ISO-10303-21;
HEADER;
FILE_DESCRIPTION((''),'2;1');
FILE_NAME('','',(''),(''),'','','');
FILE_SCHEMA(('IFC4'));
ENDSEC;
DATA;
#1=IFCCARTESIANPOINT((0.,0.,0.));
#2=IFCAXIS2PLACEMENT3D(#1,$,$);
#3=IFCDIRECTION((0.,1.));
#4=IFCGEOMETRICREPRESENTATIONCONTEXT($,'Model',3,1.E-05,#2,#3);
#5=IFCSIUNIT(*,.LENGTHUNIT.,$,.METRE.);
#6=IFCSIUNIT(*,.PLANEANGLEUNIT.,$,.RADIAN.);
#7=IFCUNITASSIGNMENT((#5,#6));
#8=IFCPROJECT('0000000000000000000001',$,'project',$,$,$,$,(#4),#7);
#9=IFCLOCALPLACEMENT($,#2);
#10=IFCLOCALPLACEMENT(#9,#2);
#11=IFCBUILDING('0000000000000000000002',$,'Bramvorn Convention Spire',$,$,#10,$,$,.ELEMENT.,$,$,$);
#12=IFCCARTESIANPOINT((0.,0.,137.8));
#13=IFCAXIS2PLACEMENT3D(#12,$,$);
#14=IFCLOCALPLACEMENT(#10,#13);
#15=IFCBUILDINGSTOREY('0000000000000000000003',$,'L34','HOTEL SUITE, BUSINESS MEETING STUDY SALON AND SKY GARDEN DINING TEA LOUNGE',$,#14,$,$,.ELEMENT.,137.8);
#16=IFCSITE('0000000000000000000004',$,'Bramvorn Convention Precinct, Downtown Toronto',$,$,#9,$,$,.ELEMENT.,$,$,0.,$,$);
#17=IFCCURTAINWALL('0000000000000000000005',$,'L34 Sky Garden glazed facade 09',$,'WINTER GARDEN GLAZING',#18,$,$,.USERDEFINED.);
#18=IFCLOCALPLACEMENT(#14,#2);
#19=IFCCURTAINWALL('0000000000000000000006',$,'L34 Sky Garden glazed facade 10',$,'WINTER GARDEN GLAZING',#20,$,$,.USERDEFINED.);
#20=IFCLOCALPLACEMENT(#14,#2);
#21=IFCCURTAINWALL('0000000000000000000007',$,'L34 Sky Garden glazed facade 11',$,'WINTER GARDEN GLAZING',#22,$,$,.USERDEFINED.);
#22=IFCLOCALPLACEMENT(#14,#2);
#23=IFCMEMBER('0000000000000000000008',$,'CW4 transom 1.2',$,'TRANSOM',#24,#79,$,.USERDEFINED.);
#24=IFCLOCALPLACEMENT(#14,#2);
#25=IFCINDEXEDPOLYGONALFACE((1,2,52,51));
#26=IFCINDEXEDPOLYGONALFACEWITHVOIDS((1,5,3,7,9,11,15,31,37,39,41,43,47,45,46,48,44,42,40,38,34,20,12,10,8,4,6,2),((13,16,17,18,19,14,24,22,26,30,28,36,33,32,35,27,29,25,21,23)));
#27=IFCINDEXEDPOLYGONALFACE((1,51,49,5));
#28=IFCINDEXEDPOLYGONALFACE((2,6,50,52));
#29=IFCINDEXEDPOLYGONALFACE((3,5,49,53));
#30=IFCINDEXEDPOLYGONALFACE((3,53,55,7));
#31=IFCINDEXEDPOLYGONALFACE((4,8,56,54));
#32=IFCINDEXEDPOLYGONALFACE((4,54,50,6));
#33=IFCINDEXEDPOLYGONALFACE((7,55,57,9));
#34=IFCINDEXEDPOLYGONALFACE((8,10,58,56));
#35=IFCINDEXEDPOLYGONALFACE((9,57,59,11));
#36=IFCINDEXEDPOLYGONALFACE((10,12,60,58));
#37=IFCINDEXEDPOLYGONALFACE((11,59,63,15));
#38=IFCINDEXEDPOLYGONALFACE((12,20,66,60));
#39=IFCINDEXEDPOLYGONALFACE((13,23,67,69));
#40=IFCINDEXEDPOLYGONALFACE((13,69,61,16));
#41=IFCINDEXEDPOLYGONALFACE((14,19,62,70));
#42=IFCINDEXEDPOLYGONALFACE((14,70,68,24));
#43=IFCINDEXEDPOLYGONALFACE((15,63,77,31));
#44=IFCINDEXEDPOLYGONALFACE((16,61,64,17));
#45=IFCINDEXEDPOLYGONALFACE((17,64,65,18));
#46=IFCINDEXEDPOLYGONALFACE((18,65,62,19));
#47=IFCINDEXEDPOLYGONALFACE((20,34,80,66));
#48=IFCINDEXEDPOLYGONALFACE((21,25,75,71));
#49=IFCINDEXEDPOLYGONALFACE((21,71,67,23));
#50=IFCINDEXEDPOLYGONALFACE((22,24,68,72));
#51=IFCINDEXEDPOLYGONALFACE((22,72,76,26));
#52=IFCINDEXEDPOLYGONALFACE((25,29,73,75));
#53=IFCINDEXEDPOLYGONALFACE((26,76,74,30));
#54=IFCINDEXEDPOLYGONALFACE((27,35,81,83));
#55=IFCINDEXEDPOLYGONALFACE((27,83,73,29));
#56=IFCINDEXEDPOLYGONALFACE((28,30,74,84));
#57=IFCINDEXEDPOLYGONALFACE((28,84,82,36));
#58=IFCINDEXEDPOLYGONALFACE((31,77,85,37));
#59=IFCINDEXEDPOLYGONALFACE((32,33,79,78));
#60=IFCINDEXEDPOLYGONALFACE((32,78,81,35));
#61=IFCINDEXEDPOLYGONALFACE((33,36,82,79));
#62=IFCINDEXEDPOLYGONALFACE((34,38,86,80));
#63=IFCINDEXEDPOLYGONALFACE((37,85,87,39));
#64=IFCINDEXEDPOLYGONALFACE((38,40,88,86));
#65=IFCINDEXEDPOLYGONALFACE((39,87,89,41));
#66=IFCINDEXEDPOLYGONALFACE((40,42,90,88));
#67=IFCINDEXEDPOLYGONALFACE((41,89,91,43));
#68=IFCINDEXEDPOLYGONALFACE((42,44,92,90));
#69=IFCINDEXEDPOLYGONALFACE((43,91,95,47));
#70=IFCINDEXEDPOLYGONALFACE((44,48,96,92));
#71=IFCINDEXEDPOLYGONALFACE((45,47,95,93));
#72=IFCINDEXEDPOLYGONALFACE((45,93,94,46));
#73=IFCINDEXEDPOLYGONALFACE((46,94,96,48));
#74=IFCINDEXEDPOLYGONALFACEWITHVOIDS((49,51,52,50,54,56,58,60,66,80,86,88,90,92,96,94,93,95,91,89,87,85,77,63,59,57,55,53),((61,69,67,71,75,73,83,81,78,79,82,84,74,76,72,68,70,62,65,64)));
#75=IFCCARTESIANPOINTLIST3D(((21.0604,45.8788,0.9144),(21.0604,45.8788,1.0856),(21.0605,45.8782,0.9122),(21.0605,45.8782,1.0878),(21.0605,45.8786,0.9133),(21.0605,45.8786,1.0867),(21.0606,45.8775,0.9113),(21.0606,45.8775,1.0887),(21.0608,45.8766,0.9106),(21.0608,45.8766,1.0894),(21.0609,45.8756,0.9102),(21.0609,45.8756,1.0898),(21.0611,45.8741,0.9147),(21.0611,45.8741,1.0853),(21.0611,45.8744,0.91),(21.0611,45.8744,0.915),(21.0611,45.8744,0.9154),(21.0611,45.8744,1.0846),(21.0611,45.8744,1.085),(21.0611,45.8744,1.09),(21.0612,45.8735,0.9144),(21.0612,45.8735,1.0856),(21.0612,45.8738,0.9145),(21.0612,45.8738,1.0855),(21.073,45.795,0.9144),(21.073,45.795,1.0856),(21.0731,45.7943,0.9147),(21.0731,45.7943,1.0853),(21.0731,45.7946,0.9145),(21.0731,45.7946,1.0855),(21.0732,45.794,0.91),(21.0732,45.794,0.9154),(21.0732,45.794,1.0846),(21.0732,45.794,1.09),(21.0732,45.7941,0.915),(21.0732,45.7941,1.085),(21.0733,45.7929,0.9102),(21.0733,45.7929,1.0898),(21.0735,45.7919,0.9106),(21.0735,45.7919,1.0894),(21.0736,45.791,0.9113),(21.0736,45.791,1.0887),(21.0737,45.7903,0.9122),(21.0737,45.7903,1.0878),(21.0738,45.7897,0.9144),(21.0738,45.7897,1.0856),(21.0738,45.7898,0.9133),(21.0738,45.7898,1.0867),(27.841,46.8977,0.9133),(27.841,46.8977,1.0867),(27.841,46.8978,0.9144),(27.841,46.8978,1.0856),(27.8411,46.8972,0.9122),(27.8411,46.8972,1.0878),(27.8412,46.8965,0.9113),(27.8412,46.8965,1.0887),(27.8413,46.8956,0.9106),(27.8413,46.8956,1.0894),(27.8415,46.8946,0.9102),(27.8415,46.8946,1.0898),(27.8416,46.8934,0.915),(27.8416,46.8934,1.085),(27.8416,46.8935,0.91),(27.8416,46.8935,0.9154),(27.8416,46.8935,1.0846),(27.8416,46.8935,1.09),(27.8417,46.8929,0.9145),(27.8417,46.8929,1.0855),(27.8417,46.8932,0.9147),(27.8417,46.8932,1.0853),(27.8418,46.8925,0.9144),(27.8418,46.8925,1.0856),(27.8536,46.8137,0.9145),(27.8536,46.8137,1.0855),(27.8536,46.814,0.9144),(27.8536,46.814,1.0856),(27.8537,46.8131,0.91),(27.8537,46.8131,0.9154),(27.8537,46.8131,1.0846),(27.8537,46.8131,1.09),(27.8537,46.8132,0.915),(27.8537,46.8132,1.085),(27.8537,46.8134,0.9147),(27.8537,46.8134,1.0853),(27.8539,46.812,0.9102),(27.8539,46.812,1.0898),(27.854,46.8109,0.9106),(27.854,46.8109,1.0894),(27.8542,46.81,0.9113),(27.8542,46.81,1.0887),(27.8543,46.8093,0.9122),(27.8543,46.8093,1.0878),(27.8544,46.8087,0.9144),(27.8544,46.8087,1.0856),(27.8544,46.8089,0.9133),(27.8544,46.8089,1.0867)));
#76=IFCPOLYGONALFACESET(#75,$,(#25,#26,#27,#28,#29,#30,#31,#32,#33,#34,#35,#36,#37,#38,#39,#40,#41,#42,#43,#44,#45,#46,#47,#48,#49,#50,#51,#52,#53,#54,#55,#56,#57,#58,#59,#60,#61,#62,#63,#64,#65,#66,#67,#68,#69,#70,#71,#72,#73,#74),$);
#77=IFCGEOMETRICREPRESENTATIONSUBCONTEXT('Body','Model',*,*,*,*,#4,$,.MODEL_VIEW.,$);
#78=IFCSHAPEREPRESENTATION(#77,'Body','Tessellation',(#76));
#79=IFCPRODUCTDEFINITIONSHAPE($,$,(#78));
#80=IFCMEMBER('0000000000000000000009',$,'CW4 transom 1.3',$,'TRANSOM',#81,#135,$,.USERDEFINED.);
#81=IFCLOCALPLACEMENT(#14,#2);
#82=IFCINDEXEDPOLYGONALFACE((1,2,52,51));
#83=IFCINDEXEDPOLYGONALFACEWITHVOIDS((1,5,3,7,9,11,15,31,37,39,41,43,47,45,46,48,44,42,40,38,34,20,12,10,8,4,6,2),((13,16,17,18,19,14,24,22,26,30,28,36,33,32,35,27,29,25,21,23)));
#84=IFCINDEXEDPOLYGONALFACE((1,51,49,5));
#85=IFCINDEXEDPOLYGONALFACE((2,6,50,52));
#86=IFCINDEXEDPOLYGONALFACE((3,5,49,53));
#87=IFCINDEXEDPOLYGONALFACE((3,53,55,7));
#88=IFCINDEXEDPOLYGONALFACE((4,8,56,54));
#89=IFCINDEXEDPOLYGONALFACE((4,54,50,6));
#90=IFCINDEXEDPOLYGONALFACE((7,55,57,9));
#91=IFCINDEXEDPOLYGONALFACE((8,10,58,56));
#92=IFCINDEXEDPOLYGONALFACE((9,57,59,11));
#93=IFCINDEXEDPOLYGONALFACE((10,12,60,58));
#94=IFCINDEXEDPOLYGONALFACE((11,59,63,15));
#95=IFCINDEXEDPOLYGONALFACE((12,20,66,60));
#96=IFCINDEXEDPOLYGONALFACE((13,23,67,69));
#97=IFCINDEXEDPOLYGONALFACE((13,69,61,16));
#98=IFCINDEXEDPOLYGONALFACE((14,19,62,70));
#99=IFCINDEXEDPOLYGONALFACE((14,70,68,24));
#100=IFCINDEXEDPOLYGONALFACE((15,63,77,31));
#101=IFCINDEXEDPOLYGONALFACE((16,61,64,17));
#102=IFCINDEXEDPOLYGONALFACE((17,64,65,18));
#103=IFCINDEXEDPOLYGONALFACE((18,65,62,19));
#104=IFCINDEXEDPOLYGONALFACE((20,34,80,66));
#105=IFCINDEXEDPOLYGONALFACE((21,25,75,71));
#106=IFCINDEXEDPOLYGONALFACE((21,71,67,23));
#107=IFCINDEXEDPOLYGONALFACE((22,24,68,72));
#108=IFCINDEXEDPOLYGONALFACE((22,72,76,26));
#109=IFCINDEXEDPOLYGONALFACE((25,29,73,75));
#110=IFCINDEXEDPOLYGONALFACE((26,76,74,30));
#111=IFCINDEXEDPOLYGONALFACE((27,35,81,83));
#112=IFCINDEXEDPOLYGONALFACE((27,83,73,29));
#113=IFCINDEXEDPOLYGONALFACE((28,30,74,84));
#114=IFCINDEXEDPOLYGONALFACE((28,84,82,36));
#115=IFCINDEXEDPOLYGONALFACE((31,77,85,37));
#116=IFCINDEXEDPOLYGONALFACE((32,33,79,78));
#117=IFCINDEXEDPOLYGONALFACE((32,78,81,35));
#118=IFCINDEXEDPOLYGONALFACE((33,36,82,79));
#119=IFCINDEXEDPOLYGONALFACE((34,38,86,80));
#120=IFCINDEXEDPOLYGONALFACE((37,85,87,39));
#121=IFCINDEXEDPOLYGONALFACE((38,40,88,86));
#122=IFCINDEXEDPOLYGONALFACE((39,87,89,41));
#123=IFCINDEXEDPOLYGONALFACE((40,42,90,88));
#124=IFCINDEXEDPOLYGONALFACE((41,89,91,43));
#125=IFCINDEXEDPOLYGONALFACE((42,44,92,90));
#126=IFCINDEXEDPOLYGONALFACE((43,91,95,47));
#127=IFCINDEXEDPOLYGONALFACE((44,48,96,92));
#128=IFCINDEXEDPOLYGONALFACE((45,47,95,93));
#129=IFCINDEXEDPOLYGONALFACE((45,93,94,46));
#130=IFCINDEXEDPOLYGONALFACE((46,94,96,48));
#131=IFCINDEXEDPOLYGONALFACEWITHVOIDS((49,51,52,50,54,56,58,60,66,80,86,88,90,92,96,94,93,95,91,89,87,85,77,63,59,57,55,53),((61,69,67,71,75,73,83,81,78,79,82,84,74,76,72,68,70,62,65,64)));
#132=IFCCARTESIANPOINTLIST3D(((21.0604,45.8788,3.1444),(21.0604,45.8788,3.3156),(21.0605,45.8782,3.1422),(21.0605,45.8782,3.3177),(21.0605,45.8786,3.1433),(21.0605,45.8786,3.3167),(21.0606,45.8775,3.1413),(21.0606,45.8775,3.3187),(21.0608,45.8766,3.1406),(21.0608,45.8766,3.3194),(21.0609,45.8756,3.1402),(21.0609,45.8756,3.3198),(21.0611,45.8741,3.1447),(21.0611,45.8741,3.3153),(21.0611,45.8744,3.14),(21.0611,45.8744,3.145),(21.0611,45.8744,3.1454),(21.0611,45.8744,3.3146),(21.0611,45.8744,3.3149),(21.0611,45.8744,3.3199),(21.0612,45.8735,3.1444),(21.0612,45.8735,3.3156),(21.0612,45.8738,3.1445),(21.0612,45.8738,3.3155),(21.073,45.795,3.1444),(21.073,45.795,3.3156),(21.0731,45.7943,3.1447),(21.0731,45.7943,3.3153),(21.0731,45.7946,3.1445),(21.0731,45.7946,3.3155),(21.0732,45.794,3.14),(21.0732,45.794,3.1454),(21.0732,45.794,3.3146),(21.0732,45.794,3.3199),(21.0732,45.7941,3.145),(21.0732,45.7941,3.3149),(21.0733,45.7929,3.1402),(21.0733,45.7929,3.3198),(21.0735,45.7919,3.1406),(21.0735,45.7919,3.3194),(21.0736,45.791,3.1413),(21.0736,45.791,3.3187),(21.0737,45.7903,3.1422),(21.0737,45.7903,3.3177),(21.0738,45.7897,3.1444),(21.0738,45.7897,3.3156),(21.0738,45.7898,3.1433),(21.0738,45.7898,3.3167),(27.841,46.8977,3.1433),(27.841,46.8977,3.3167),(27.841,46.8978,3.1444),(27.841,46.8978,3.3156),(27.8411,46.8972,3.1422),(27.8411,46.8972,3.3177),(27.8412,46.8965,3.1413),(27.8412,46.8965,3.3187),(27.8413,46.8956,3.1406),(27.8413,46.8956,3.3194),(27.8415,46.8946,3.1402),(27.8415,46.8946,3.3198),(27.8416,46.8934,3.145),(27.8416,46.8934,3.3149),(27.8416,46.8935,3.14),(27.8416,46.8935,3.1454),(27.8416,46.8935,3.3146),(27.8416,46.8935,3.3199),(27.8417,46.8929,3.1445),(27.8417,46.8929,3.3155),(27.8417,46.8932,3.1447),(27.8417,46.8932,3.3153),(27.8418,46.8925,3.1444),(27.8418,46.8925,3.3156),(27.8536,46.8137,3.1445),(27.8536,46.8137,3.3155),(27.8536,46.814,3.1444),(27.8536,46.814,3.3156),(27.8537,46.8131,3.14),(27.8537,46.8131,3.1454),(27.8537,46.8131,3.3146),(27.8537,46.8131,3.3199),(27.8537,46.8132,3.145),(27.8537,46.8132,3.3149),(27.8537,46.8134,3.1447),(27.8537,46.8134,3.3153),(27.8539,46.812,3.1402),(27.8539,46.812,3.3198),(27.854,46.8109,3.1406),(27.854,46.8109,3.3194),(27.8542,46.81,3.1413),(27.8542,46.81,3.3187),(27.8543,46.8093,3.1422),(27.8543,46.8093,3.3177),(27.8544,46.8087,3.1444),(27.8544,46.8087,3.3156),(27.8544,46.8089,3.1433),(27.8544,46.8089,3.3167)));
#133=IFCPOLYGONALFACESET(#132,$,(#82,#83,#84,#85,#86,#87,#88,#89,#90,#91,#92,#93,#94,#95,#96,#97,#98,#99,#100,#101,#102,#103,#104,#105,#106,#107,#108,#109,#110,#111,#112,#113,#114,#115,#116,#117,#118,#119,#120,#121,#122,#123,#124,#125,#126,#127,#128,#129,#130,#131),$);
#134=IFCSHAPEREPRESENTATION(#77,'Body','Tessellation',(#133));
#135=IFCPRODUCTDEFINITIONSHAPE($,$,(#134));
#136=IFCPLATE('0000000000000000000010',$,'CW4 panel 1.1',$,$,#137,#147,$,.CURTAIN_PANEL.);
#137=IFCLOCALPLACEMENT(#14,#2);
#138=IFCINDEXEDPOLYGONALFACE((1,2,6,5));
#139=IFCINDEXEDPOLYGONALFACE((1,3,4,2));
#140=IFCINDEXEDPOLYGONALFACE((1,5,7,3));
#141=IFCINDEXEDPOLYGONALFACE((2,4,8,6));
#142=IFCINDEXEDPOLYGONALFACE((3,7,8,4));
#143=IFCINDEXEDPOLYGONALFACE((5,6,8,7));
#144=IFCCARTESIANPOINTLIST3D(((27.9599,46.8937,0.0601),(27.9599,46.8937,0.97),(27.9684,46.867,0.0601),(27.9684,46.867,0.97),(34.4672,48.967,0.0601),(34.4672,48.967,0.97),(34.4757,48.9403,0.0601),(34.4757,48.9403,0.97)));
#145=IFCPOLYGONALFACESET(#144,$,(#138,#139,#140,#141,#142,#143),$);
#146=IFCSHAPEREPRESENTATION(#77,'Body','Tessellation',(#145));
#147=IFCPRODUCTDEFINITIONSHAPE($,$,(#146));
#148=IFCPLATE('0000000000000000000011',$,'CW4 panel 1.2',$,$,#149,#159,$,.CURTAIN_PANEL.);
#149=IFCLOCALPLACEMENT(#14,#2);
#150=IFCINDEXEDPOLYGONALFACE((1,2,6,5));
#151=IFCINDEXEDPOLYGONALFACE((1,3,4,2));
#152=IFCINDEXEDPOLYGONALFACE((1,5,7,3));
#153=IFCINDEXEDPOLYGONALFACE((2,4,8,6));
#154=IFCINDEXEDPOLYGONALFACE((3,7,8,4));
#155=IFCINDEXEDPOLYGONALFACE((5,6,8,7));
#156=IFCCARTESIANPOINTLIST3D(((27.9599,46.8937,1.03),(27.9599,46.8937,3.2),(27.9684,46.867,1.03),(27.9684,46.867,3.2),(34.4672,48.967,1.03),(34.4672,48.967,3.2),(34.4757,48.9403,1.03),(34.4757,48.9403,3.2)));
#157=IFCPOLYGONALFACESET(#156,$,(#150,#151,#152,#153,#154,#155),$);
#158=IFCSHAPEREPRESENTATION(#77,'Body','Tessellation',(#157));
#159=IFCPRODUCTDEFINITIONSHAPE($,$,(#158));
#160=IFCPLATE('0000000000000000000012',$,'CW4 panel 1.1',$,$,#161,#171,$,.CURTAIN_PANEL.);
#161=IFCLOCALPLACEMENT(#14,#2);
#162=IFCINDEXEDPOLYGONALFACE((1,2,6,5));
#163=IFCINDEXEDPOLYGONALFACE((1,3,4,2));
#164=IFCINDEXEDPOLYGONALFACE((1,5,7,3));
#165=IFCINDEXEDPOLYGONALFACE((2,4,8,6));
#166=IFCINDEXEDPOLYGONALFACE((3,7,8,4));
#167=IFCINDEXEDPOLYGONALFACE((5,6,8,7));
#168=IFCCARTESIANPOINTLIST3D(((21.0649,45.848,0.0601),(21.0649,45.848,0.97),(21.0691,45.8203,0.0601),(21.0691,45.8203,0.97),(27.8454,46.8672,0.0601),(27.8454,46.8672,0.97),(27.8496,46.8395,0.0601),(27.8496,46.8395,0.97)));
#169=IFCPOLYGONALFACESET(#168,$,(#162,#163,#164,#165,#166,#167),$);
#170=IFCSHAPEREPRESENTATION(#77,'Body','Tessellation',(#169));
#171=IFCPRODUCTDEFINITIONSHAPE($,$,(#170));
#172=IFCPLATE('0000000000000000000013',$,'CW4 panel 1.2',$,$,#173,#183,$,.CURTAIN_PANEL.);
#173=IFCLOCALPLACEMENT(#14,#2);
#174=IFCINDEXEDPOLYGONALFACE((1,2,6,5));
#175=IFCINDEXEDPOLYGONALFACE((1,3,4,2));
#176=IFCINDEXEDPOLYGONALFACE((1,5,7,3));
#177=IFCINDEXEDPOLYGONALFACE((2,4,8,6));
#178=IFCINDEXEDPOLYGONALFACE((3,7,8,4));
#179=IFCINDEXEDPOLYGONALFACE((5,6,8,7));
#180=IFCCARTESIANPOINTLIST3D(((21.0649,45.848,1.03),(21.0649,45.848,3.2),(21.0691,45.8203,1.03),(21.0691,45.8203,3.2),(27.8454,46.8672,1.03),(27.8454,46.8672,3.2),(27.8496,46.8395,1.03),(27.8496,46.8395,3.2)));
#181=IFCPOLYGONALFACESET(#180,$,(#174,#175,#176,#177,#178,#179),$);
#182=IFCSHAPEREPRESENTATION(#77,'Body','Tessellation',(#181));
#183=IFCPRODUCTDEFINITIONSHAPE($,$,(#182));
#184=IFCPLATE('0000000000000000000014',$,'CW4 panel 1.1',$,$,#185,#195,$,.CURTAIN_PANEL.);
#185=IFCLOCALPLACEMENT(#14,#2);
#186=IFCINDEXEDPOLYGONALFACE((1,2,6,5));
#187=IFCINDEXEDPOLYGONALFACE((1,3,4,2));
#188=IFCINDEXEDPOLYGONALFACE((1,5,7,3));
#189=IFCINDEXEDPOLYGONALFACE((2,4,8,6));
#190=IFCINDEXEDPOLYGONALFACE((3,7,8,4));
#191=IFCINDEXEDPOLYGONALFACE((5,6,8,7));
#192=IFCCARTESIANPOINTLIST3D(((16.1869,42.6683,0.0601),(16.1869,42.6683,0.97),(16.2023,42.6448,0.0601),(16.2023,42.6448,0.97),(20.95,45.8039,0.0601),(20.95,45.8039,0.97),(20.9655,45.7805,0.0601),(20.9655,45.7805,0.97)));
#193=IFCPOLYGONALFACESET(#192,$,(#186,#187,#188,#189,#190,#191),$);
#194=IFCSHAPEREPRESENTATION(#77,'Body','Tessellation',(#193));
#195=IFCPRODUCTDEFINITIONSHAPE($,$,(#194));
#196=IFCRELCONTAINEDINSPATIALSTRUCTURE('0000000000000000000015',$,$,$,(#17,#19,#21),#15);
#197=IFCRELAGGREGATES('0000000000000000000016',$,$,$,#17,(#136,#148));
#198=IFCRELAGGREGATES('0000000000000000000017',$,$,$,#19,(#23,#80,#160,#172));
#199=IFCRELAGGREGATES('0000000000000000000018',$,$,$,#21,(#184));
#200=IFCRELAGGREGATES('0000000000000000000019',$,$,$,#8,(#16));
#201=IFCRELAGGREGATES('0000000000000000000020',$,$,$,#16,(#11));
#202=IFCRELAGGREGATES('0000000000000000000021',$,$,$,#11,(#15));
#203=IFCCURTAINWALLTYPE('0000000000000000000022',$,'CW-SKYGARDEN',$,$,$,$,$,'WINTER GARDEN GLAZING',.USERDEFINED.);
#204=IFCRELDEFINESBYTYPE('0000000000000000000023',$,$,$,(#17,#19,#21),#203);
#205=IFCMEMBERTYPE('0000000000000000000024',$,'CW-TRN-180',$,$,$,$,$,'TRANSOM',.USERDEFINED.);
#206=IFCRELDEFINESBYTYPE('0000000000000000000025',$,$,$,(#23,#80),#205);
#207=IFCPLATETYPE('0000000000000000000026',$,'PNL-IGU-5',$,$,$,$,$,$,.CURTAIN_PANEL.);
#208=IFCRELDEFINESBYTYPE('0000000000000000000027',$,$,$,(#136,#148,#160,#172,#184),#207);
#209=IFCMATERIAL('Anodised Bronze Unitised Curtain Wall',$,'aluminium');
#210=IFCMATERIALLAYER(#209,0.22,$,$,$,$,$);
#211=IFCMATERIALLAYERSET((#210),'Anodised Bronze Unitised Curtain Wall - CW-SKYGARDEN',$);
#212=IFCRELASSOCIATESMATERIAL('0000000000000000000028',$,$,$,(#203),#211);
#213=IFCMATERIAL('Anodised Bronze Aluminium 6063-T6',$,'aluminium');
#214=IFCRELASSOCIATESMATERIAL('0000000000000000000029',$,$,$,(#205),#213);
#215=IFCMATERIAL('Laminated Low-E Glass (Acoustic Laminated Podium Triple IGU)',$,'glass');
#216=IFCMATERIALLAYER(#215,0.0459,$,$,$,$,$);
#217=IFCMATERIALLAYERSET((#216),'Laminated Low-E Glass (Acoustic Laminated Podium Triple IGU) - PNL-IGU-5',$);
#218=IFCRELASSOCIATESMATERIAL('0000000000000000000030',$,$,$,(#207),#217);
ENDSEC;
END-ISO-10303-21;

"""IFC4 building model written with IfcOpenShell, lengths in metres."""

from ifc_helpers import new_model, si_unit, direction, frame, origin, origin_2d, place, context, subcontext, project, spatial, rectangle, hollow_rectangle, extrude, material, layer, layer_set, material_profile, profile_set, type_object, element, aggregate, save


model = new_model("IFC4")

# Units and contexts
model_context = context("Model", 3, precision=1e-05, world=origin(), true_north=direction((0.0, 1.0)))
body_context = subcontext(model_context, "Body", "Model", "MODEL_VIEW")
ifc_project = project(units=[si_unit("LENGTHUNIT", "METRE"), si_unit("PLANEANGLEUNIT", "RADIAN")], contexts=[model_context])

# Site, building, storey
site_placement = place(None, origin())
site = spatial("IfcSite", under=ifc_project, at=site_placement, Name="Bramvorn Convention Precinct, Downtown Toronto", CompositionType="ELEMENT", RefElevation=0.0)
building_placement = place(site_placement, origin())
building = spatial("IfcBuilding", under=site, at=building_placement, Name="Bramvorn Convention Spire", CompositionType="ELEMENT")
storey_placement = place(building_placement, frame((0.0, 0.0, 137.8)))
storey = spatial("IfcBuildingStorey", under=building, at=storey_placement, Name="L34", Description="HOTEL SUITE, BUSINESS MEETING STUDY SALON AND SKY GARDEN DINING TEA LOUNGE", CompositionType="ELEMENT", Elevation=137.8)

# Curtain wall
ifc_material_1 = material(Name="Anodised Bronze Unitised Curtain Wall", Category="aluminium")
ifc_layer_1 = layer(ifc_material_1, 0.22)
ifc_layer_set_1 = layer_set([ifc_layer_1], Name="Anodised Bronze Unitised Curtain Wall - CW-SKYGARDEN")
curtain_wall_type = type_object("IfcCurtainWallType", Name="CW-SKYGARDEN", ElementType="WINTER GARDEN GLAZING", PredefinedType="USERDEFINED", material=ifc_layer_set_1)
curtain_wall_1_placement = place(storey_placement, origin())
curtain_wall_1 = element("IfcCurtainWall", 1, at=curtain_wall_1_placement, inside=storey, type_object=curtain_wall_type, Name="L34 Sky Garden glazed facade 09", ObjectType="WINTER GARDEN GLAZING", PredefinedType="USERDEFINED")
ifc_material_2 = material(Name="Anodised Bronze Aluminium 6063-T6", Category="aluminium")

# Curtain wall
curtain_wall_2_placement = place(storey_placement, origin())
curtain_wall_2 = element("IfcCurtainWall", 2, at=curtain_wall_2_placement, inside=storey, type_object=curtain_wall_type, Name="L34 Sky Garden glazed facade 10", ObjectType="WINTER GARDEN GLAZING", PredefinedType="USERDEFINED")

# Curtain wall
curtain_wall_3_placement = place(storey_placement, origin())
curtain_wall_3 = element("IfcCurtainWall", 3, at=curtain_wall_3_placement, inside=storey, type_object=curtain_wall_type, Name="L34 Sky Garden glazed facade 11", ObjectType="WINTER GARDEN GLAZING", PredefinedType="USERDEFINED")

# Members
ifc_material_profile_1 = material_profile(ifc_material_2, hollow_rectangle(XDim=0.0901, YDim=0.1799, WallThickness=0.0044, InnerFilletRadius=0.001, OuterFilletRadius=0.0044, at=origin_2d()))
ifc_profile_set_1 = profile_set([ifc_material_profile_1], Name="Anodised Bronze Aluminium 6063-T6 - CWT90X180")
member_type_1 = type_object("IfcMemberType", Name="CW-TRN-180", ElementType="TRANSOM", PredefinedType="USERDEFINED", material=ifc_profile_set_1)
member_1_placement = place(storey_placement, frame((21.0671, 45.8342, 1.0), z_axis=(0.988894, 0.148621, 0.0), x_axis=(-0.148621, 0.988894, 0.0)))
member_1 = element("IfcMember", 4, at=member_1_placement, type_object=member_type_1, Name="CW4 transom 1.2", ObjectType="TRANSOM", PredefinedType="USERDEFINED", context=body_context, shape_type="SweptSolid", body=[
    extrude(hollow_rectangle(XDim=0.0901, YDim=0.1799, WallThickness=0.0044, InnerFilletRadius=0.001, OuterFilletRadius=0.0044, at=origin_2d()), origin(), (0.0, 0.0, 1.0), 6.8567),
])
member_2_placement = place(storey_placement, frame((21.0671, 45.8342, 3.23), z_axis=(0.988894, 0.148621, 0.0), x_axis=(-0.148621, 0.988894, 0.0)))
member_2 = element("IfcMember", 5, at=member_2_placement, type_object=member_type_1, Name="CW4 transom 1.3", ObjectType="TRANSOM", PredefinedType="USERDEFINED", context=body_context, shape_type="SweptSolid", body=[
    extrude(hollow_rectangle(XDim=0.0901, YDim=0.1799, WallThickness=0.0044, InnerFilletRadius=0.001, OuterFilletRadius=0.0044, at=origin_2d()), origin(), (0.0, 0.0, 1.0), 6.8567),
])

# Plates
ifc_material_3 = material(Name="Laminated Low-E Glass (Acoustic Laminated Podium Triple IGU)", Category="glass")
ifc_layer_2 = layer(ifc_material_3, 0.0459)
ifc_layer_set_2 = layer_set([ifc_layer_2], Name="Laminated Low-E Glass (Acoustic Laminated Podium Triple IGU) - PNL-IGU-5")
plate_type = type_object("IfcPlateType", Name="PNL-IGU-5", PredefinedType="CURTAIN_PANEL", material=ifc_layer_set_2)
plate_1_placement = place(storey_placement, frame((31.2178, 47.917, 0.0601), z_axis=(0.0, 0.0, 1.0), x_axis=(0.952808, 0.303573, 0.0)))
plate_1 = element("IfcPlate", 6, at=plate_1_placement, type_object=plate_type, Name="CW4 panel 1.1", PredefinedType="CURTAIN_PANEL", context=body_context, shape_type="SweptSolid", body=[
    extrude(rectangle(XDim=6.8296, YDim=0.0281, at=origin_2d()), origin(), (0.0, 0.0, 1.0), 0.9099),
])
plate_2_placement = place(storey_placement, frame((31.2178, 47.917, 1.03), z_axis=(0.0, 0.0, 1.0), x_axis=(0.952808, 0.303573, 0.0)))
plate_2 = element("IfcPlate", 7, at=plate_2_placement, type_object=plate_type, Name="CW4 panel 1.2", PredefinedType="CURTAIN_PANEL", context=body_context, shape_type="SweptSolid", body=[
    extrude(rectangle(XDim=6.8296, YDim=0.0281, at=origin_2d()), origin(), (0.0, 0.0, 1.0), 2.1699),
])
aggregate(curtain_wall_1, [plate_1, plate_2])
plate_3_placement = place(storey_placement, frame((24.4573, 46.3438, 0.0601), z_axis=(0.0, 0.0, 1.0), x_axis=(0.988891, 0.14864, 0.0)))
plate_3 = element("IfcPlate", 8, at=plate_3_placement, type_object=plate_type, Name="CW4 panel 1.1", PredefinedType="CURTAIN_PANEL", context=body_context, shape_type="SweptSolid", body=[
    extrude(rectangle(XDim=6.8567, YDim=0.0281, at=origin_2d()), origin(), (0.0, 0.0, 1.0), 0.9099),
])
plate_4_placement = place(storey_placement, frame((24.4573, 46.3438, 1.03), z_axis=(0.0, 0.0, 1.0), x_axis=(0.988891, 0.14864, 0.0)))
plate_4 = element("IfcPlate", 9, at=plate_4_placement, type_object=plate_type, Name="CW4 panel 1.2", PredefinedType="CURTAIN_PANEL", context=body_context, shape_type="SweptSolid", body=[
    extrude(rectangle(XDim=6.8567, YDim=0.0281, at=origin_2d()), origin(), (0.0, 0.0, 1.0), 2.1699),
])
aggregate(curtain_wall_2, [member_1, member_2, plate_3, plate_4])
plate_5_placement = place(storey_placement, frame((18.5762, 44.2244, 0.0601), z_axis=(0.0, 0.0, 1.0), x_axis=(0.835257, 0.54986, 0.0)))
plate_5 = element("IfcPlate", 10, at=plate_5_placement, type_object=plate_type, Name="CW4 panel 1.1", PredefinedType="CURTAIN_PANEL", context=body_context, shape_type="SweptSolid", body=[
    extrude(rectangle(XDim=5.7026, YDim=0.0281, at=origin_2d()), origin(), (0.0, 0.0, 1.0), 0.9099),
])
aggregate(curtain_wall_3, [plate_5])

save(model, "model.ifc")
